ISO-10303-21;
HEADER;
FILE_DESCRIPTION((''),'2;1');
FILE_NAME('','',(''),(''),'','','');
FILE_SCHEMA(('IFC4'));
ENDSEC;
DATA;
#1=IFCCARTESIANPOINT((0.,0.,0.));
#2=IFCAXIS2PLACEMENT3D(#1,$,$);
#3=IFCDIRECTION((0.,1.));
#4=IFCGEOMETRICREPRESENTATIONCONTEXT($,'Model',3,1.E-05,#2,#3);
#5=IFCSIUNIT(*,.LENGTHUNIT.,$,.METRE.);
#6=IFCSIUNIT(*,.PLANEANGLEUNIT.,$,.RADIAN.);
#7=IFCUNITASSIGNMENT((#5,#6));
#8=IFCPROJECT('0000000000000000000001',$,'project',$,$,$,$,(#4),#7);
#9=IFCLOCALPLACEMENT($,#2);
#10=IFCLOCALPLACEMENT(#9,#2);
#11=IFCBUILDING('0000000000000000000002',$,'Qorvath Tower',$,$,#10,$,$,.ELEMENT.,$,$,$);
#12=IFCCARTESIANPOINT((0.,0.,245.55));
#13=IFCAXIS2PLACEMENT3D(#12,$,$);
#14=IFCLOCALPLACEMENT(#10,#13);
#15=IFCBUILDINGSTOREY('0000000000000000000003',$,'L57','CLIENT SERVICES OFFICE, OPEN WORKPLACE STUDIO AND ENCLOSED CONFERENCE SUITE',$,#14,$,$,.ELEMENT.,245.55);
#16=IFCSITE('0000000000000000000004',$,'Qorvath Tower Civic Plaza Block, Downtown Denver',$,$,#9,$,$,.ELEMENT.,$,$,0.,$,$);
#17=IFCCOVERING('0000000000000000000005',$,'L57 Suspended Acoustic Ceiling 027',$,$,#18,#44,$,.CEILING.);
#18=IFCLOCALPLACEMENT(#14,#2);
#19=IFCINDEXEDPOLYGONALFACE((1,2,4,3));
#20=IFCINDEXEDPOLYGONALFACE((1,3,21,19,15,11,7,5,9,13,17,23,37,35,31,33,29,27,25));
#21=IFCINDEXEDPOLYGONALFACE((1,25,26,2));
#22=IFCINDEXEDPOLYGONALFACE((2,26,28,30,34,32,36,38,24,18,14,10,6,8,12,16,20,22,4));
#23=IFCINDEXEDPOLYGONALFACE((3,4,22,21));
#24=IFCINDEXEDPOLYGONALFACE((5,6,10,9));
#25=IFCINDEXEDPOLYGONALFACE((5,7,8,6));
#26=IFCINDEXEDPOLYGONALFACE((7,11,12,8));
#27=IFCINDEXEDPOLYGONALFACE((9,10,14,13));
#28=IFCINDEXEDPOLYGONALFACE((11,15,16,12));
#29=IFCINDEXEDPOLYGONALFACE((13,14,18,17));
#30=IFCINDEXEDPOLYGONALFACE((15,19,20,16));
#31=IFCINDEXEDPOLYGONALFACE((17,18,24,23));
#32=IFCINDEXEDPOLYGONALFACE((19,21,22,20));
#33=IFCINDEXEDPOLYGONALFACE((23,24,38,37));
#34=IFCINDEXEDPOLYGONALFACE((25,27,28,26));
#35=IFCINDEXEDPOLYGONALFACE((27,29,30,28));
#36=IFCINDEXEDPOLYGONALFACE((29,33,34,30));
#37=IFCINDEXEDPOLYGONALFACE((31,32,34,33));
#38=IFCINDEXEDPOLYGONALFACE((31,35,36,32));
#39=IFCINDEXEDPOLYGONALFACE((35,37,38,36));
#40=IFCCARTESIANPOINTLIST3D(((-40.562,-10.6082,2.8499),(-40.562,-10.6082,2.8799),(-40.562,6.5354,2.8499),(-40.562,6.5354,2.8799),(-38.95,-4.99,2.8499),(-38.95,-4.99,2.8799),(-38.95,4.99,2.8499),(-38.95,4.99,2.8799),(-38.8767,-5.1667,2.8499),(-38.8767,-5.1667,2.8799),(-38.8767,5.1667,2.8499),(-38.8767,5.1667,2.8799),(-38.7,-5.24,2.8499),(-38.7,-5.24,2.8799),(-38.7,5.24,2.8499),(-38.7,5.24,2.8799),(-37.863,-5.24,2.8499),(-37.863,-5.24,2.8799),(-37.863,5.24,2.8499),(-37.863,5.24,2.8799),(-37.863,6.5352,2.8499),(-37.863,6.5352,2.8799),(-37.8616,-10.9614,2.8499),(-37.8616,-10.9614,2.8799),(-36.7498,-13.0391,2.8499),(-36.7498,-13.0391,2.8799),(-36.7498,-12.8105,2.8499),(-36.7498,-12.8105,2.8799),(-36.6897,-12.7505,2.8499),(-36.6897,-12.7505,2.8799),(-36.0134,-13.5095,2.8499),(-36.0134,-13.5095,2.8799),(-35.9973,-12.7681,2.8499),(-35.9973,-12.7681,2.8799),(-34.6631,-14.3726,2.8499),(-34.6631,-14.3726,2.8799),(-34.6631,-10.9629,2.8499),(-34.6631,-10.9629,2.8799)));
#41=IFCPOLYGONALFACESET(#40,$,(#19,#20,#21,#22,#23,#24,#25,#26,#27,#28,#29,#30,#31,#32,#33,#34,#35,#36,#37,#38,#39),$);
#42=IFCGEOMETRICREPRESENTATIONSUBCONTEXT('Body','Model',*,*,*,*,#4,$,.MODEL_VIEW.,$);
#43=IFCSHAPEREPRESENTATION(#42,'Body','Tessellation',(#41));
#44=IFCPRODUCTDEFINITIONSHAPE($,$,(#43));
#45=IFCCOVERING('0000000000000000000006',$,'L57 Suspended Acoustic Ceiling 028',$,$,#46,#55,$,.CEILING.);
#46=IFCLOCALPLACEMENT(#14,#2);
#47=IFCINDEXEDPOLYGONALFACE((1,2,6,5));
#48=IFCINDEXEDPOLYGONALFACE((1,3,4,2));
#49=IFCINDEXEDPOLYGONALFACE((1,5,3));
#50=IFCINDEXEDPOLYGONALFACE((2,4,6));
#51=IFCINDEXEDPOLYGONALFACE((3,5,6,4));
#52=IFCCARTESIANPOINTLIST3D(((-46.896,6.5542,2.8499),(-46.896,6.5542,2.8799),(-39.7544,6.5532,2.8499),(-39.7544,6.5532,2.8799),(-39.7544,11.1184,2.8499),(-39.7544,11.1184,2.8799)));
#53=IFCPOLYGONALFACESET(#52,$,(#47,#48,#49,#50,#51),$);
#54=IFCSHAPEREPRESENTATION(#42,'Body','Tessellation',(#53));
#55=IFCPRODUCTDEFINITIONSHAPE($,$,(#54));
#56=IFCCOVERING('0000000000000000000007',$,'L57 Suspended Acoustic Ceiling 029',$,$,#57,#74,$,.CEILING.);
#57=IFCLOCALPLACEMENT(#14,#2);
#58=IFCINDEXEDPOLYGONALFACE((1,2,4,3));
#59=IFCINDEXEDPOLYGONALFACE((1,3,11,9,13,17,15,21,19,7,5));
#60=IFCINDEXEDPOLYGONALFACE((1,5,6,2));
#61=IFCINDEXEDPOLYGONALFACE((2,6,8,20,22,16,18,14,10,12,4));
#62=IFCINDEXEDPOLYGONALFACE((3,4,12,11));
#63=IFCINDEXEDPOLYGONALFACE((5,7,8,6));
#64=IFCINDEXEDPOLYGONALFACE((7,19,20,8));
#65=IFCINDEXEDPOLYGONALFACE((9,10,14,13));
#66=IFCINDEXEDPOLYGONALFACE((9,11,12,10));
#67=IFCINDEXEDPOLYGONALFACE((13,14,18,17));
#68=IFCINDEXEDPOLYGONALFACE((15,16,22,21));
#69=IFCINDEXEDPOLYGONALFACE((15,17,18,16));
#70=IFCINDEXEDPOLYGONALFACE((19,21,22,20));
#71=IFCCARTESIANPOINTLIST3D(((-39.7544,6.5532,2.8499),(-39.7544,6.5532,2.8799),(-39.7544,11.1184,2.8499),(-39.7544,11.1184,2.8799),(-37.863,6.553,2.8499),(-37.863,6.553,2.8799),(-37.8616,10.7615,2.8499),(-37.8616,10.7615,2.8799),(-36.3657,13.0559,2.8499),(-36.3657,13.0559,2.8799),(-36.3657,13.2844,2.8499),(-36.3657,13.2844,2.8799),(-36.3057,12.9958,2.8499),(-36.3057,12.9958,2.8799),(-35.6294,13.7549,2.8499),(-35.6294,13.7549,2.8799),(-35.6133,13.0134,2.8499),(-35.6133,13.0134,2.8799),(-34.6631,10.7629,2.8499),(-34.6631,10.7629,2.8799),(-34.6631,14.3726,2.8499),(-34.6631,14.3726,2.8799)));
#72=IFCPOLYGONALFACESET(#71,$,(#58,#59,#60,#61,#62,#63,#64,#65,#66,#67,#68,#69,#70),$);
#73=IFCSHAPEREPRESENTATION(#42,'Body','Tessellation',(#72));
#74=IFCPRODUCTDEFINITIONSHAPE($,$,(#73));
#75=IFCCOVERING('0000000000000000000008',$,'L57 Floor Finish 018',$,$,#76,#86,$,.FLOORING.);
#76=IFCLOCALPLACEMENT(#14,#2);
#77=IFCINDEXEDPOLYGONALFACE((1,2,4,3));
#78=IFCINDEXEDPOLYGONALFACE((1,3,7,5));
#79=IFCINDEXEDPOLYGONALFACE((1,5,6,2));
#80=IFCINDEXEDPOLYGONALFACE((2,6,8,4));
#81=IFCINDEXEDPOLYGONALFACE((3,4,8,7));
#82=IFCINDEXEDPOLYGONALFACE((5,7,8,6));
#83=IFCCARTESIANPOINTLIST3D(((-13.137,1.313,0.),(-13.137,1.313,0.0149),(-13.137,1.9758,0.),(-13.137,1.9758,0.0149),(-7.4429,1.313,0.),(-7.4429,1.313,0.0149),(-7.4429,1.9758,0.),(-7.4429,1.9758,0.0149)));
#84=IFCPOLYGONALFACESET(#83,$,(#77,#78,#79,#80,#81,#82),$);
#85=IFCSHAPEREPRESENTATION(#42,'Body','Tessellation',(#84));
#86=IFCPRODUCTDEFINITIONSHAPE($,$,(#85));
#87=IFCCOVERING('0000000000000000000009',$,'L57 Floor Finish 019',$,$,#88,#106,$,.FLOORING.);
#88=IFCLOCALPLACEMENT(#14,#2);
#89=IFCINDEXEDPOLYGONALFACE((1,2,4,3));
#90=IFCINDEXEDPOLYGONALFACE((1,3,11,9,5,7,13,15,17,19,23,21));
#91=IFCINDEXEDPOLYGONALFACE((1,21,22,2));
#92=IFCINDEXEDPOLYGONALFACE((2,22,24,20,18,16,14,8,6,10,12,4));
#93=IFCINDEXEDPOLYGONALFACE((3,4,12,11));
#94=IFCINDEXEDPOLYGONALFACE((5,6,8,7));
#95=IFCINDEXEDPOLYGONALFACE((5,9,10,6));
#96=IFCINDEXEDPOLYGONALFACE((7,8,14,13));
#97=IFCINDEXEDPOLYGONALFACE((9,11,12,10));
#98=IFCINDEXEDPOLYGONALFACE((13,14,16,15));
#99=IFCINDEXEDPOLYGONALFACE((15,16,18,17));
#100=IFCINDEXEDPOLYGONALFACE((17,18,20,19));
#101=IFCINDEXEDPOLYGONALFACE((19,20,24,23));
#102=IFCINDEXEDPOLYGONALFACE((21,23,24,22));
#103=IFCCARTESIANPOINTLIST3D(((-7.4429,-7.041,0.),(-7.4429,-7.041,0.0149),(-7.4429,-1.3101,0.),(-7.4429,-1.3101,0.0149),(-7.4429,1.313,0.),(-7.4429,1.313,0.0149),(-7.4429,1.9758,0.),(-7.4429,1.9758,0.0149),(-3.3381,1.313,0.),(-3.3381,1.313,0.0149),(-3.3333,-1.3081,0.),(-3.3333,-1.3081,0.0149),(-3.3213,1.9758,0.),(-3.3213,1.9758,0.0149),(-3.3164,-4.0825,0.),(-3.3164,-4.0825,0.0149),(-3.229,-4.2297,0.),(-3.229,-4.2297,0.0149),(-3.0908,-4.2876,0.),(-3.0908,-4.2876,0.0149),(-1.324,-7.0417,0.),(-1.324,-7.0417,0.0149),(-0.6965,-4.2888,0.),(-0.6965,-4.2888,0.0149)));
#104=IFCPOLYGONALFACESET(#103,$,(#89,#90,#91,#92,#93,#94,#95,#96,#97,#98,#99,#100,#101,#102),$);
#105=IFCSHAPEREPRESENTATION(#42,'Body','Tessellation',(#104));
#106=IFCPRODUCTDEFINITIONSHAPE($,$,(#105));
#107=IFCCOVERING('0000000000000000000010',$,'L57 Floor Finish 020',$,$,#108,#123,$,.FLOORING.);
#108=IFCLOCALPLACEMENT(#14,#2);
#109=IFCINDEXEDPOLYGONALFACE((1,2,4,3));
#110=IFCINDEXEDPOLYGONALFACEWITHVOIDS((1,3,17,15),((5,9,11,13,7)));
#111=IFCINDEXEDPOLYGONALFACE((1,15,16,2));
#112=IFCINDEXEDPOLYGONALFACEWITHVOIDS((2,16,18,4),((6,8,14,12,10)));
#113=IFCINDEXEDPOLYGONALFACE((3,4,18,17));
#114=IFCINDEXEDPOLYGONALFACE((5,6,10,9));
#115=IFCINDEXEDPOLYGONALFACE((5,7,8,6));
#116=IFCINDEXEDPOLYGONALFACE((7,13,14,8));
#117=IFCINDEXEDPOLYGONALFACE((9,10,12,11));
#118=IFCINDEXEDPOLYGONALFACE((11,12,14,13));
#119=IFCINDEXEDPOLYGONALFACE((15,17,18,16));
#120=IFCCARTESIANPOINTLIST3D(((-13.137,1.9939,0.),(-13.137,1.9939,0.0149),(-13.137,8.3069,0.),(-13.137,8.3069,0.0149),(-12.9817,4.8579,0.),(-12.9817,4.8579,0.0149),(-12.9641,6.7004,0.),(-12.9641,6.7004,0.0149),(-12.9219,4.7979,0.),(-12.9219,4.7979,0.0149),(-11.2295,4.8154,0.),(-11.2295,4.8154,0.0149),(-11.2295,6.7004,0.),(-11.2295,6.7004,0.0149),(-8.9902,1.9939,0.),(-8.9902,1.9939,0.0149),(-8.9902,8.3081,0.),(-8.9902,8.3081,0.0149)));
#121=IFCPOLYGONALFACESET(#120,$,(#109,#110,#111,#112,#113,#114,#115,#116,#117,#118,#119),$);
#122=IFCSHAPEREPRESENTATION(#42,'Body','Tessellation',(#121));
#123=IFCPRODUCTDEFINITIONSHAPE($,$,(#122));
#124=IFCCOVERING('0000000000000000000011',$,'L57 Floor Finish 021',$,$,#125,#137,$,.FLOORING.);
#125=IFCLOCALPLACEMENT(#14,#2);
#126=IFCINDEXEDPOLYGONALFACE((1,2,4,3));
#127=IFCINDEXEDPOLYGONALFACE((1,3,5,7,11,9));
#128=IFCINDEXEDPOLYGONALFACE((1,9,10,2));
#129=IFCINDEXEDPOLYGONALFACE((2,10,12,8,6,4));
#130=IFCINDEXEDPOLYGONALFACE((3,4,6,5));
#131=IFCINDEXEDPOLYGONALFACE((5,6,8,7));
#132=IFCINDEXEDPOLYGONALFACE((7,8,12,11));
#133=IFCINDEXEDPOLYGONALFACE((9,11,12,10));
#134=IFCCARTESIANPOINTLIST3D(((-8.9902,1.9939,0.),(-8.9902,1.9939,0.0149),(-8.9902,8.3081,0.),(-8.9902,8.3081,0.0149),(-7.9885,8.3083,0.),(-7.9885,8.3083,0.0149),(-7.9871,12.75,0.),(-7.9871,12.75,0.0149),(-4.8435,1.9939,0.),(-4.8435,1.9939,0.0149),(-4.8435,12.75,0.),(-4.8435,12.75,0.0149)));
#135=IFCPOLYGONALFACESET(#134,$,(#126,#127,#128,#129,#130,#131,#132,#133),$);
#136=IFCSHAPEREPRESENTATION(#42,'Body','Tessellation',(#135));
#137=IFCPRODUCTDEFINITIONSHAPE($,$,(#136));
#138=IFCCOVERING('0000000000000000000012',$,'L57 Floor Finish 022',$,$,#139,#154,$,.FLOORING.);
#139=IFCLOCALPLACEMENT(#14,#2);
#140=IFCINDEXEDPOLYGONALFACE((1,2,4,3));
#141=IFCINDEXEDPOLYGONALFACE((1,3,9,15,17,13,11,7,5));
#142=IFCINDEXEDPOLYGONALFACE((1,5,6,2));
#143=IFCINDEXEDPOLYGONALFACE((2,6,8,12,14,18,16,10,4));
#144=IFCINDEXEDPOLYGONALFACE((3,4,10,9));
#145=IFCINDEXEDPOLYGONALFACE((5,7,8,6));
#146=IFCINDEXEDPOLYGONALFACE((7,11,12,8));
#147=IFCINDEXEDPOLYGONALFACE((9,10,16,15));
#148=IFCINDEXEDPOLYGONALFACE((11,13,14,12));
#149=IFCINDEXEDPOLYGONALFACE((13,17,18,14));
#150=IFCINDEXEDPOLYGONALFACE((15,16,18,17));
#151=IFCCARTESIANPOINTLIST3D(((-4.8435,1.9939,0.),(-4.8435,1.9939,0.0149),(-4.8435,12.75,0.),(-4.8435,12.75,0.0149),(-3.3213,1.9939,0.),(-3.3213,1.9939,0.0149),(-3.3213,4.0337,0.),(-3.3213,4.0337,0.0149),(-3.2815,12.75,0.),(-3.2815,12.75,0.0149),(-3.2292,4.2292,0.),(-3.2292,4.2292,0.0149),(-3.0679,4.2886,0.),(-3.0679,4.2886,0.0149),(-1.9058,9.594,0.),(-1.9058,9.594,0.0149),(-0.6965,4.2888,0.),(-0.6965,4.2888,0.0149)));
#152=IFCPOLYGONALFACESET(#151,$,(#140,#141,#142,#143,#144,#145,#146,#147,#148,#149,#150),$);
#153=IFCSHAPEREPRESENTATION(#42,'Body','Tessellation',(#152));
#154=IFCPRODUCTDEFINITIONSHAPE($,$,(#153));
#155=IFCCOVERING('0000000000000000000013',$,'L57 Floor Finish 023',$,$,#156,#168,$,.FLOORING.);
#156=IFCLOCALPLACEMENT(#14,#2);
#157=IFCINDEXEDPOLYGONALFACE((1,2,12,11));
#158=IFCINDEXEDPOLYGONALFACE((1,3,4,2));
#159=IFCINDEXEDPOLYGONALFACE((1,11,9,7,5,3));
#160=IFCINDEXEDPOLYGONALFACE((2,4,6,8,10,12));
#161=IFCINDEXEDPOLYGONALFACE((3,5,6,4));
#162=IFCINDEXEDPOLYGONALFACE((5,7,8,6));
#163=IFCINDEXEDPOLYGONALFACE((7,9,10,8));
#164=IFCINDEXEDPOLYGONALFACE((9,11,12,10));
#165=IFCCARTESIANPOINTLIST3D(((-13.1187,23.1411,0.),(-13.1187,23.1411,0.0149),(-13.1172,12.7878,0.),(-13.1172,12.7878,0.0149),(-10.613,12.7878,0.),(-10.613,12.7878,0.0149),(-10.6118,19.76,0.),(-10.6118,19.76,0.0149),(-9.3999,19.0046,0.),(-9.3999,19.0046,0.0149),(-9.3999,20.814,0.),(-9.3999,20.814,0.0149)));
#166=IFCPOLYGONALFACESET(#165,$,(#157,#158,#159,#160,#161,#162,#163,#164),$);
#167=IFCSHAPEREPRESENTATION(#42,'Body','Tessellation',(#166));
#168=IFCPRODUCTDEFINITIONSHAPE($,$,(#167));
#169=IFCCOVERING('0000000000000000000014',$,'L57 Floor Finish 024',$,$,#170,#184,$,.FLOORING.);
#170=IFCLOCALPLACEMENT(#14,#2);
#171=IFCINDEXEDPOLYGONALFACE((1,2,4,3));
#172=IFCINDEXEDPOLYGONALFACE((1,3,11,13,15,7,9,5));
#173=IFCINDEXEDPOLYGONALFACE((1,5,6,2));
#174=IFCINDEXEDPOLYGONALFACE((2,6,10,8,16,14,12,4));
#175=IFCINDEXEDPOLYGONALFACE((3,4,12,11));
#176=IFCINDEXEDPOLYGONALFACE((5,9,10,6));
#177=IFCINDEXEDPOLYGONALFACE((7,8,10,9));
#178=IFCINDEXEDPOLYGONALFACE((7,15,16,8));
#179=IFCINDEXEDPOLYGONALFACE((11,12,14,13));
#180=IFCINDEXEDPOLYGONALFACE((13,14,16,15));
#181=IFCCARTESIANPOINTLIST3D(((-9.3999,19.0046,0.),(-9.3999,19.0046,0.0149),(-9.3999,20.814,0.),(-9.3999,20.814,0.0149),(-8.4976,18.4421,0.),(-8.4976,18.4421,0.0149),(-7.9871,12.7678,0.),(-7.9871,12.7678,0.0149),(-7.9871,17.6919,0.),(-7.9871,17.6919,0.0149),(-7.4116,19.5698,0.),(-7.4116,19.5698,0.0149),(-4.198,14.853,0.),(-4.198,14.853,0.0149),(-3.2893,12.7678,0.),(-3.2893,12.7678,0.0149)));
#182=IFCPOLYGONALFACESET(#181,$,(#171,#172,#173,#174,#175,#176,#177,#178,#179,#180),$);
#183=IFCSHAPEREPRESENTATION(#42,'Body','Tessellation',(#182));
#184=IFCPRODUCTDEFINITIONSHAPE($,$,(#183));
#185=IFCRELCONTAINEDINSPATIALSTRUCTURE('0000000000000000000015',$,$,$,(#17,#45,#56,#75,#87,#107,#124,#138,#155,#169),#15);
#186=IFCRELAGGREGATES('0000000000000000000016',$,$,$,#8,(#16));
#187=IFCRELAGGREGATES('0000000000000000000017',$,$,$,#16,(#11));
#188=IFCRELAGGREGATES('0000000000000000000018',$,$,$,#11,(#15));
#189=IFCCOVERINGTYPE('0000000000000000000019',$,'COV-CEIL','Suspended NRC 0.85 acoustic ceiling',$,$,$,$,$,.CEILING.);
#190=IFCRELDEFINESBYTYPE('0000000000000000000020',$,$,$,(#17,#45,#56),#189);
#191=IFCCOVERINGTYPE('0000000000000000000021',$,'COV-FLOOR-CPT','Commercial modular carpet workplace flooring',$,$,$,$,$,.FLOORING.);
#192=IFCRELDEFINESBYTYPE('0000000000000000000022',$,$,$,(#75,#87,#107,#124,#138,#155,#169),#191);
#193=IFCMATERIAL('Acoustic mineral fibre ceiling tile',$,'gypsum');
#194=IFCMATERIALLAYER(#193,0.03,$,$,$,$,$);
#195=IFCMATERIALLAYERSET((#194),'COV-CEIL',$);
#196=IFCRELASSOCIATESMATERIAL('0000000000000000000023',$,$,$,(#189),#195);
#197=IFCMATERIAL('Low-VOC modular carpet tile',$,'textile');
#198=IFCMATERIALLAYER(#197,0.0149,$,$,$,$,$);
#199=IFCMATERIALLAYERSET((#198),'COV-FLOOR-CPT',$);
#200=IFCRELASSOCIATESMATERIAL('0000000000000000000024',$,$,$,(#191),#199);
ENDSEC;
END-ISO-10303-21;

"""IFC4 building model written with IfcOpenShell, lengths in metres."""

from ifc_helpers import new_model, si_unit, direction, frame, origin, place, context, subcontext, project, spatial, polyline, outline, extrude, material, layer, layer_set, type_object, element, save


model = new_model("IFC4")

# Units and contexts
model_context = context("Model", 3, precision=1e-05, world=origin(), true_north=direction((0.0, 1.0)))
body_context = subcontext(model_context, "Body", "Model", "MODEL_VIEW")
ifc_project = project(units=[si_unit("LENGTHUNIT", "METRE"), si_unit("PLANEANGLEUNIT", "RADIAN")], contexts=[model_context])

# Site, building, storey
site_placement = place(None, origin())
site = spatial("IfcSite", under=ifc_project, at=site_placement, Name="Qorvath Tower Civic Plaza Block, Downtown Denver", CompositionType="ELEMENT", RefElevation=0.0)
building_placement = place(site_placement, origin())
building = spatial("IfcBuilding", under=site, at=building_placement, Name="Qorvath Tower", CompositionType="ELEMENT")
storey_placement = place(building_placement, frame((0.0, 0.0, 245.55)))
storey = spatial("IfcBuildingStorey", under=building, at=storey_placement, Name="L57", Description="CLIENT SERVICES OFFICE, OPEN WORKPLACE STUDIO AND ENCLOSED CONFERENCE SUITE", CompositionType="ELEMENT", Elevation=245.55)

# Coverings
ifc_material_1 = material(Name="Acoustic mineral fibre ceiling tile", Category="gypsum")
ifc_layer_1 = layer(ifc_material_1, 0.03)
ifc_layer_set_1 = layer_set([ifc_layer_1], Name="COV-CEIL")
covering_type_1 = type_object("IfcCoveringType", Name="COV-CEIL", Description="Suspended NRC 0.85 acoustic ceiling", PredefinedType="CEILING", material=ifc_layer_set_1)
covering_1_placement = place(storey_placement, frame((0.0, 0.0, 2.8499)))
element("IfcCovering", 1, at=covering_1_placement, inside=storey, type_object=covering_type_1, Name="L57 Suspended Acoustic Ceiling 027", PredefinedType="CEILING", context=body_context, shape_type="SweptSolid", body=[
    extrude(outline(polyline([(-40.562, 6.5354), (-40.562, -10.6082), (-36.7498, -13.0391), (-36.7498, -12.8105), (-36.6897, -12.7505), (-35.9973, -12.7681), (-36.0134, -13.5095), (-34.6631, -14.3726), (-34.6631, -10.9629), (-37.8616, -10.9614), (-37.863, -5.24), (-38.7, -5.24), (-38.8767, -5.1667), (-38.95, -4.99), (-38.95, 4.99), (-38.8767, 5.1667), (-38.7, 5.24), (-37.863, 5.24), (-37.863, 6.5352), (-40.562, 6.5354)])), origin(), (0.0, 0.0, 1.0), 0.03),
])
covering_2_placement = place(storey_placement, frame((0.0, 0.0, 2.8499)))
element("IfcCovering", 2, at=covering_2_placement, inside=storey, type_object=covering_type_1, Name="L57 Suspended Acoustic Ceiling 028", PredefinedType="CEILING", context=body_context, shape_type="SweptSolid", body=[
    extrude(outline(polyline([(-39.7544, 6.5532), (-39.7544, 11.1184), (-46.896, 6.5542), (-39.7544, 6.5532)])), origin(), (0.0, 0.0, 1.0), 0.03),
])
covering_3_placement = place(storey_placement, frame((0.0, 0.0, 2.8499)))
element("IfcCovering", 3, at=covering_3_placement, inside=storey, type_object=covering_type_1, Name="L57 Suspended Acoustic Ceiling 029", PredefinedType="CEILING", context=body_context, shape_type="SweptSolid", body=[
    extrude(outline(polyline([(-34.6631, 10.7629), (-34.6631, 14.3726), (-35.6294, 13.7549), (-35.6133, 13.0134), (-36.3057, 12.9958), (-36.3657, 13.0559), (-36.3657, 13.2844), (-39.7544, 11.1184), (-39.7544, 6.5532), (-37.863, 6.553), (-37.8616, 10.7615), (-34.6631, 10.7629)])), origin(), (0.0, 0.0, 1.0), 0.03),
])
ifc_material_2 = material(Name="Low-VOC modular carpet tile", Category="textile")
ifc_layer_2 = layer(ifc_material_2, 0.0149)
ifc_layer_set_2 = layer_set([ifc_layer_2], Name="COV-FLOOR-CPT")
covering_type_2 = type_object("IfcCoveringType", Name="COV-FLOOR-CPT", Description="Commercial modular carpet workplace flooring", PredefinedType="FLOORING", material=ifc_layer_set_2)
covering_4_placement = place(storey_placement, origin())
element("IfcCovering", 4, at=covering_4_placement, inside=storey, type_object=covering_type_2, Name="L57 Floor Finish 018", PredefinedType="FLOORING", context=body_context, shape_type="SweptSolid", body=[
    extrude(outline(polyline([(-7.4429, 1.313), (-7.4429, 1.9758), (-13.137, 1.9758), (-13.137, 1.313), (-7.4429, 1.313)])), origin(), (0.0, 0.0, 1.0), 0.0149),
])
covering_5_placement = place(storey_placement, origin())
element("IfcCovering", 5, at=covering_5_placement, inside=storey, type_object=covering_type_2, Name="L57 Floor Finish 019", PredefinedType="FLOORING", context=body_context, shape_type="SweptSolid", body=[
    extrude(outline(polyline([(-3.229, -4.2297), (-3.3164, -4.0825), (-3.3213, 1.9758), (-7.4429, 1.9758), (-7.4429, 1.313), (-3.3381, 1.313), (-3.3333, -1.3081), (-7.4429, -1.3101), (-7.4429, -7.041), (-1.324, -7.0417), (-0.6965, -4.2888), (-3.0908, -4.2876), (-3.229, -4.2297)])), origin(), (0.0, 0.0, 1.0), 0.0149),
])
covering_6_placement = place(storey_placement, origin())
element("IfcCovering", 6, at=covering_6_placement, inside=storey, type_object=covering_type_2, Name="L57 Floor Finish 020", PredefinedType="FLOORING", context=body_context, shape_type="SweptSolid", body=[
    extrude(outline(polyline([(-8.9902, 1.9939), (-8.9902, 8.3081), (-13.137, 8.3069), (-13.137, 1.9939), (-8.9902, 1.9939)]), holes=[polyline([(-12.9817, 4.8579), (-12.9641, 6.7004), (-11.2295, 6.7004), (-11.2295, 4.8154), (-12.9219, 4.7979), (-12.9817, 4.8579)])]), origin(), (0.0, 0.0, 1.0), 0.0149),
])
covering_7_placement = place(storey_placement, origin())
element("IfcCovering", 7, at=covering_7_placement, inside=storey, type_object=covering_type_2, Name="L57 Floor Finish 021", PredefinedType="FLOORING", context=body_context, shape_type="SweptSolid", body=[
    extrude(outline(polyline([(-4.8435, 1.9939), (-4.8435, 12.75), (-7.9871, 12.75), (-7.9885, 8.3083), (-8.9902, 8.3081), (-8.9902, 1.9939), (-4.8435, 1.9939)])), origin(), (0.0, 0.0, 1.0), 0.0149),
])
covering_8_placement = place(storey_placement, origin())
element("IfcCovering", 8, at=covering_8_placement, inside=storey, type_object=covering_type_2, Name="L57 Floor Finish 022", PredefinedType="FLOORING", context=body_context, shape_type="SweptSolid", body=[
    extrude(outline(polyline([(-3.0679, 4.2886), (-0.6965, 4.2888), (-1.9058, 9.594), (-3.2815, 12.75), (-4.8435, 12.75), (-4.8435, 1.9939), (-3.3213, 1.9939), (-3.3213, 4.0337), (-3.2292, 4.2292), (-3.0679, 4.2886)])), origin(), (0.0, 0.0, 1.0), 0.0149),
])
covering_9_placement = place(storey_placement, origin())
element("IfcCovering", 9, at=covering_9_placement, inside=storey, type_object=covering_type_2, Name="L57 Floor Finish 023", PredefinedType="FLOORING", context=body_context, shape_type="SweptSolid", body=[
    extrude(outline(polyline([(-9.3999, 19.0046), (-9.3999, 20.814), (-13.1187, 23.1411), (-13.1172, 12.7878), (-10.613, 12.7878), (-10.6118, 19.76), (-9.3999, 19.0046)])), origin(), (0.0, 0.0, 1.0), 0.0149),
])
covering_10_placement = place(storey_placement, origin())
element("IfcCovering", 10, at=covering_10_placement, inside=storey, type_object=covering_type_2, Name="L57 Floor Finish 024", PredefinedType="FLOORING", context=body_context, shape_type="SweptSolid", body=[
    extrude(outline(polyline([(-7.9871, 17.6919), (-7.9871, 12.7678), (-3.2893, 12.7678), (-4.198, 14.853), (-7.4116, 19.5698), (-9.3999, 20.814), (-9.3999, 19.0046), (-8.4976, 18.4421), (-7.9871, 17.6919)])), origin(), (0.0, 0.0, 1.0), 0.0149),
])

save(model, "model.ifc")
